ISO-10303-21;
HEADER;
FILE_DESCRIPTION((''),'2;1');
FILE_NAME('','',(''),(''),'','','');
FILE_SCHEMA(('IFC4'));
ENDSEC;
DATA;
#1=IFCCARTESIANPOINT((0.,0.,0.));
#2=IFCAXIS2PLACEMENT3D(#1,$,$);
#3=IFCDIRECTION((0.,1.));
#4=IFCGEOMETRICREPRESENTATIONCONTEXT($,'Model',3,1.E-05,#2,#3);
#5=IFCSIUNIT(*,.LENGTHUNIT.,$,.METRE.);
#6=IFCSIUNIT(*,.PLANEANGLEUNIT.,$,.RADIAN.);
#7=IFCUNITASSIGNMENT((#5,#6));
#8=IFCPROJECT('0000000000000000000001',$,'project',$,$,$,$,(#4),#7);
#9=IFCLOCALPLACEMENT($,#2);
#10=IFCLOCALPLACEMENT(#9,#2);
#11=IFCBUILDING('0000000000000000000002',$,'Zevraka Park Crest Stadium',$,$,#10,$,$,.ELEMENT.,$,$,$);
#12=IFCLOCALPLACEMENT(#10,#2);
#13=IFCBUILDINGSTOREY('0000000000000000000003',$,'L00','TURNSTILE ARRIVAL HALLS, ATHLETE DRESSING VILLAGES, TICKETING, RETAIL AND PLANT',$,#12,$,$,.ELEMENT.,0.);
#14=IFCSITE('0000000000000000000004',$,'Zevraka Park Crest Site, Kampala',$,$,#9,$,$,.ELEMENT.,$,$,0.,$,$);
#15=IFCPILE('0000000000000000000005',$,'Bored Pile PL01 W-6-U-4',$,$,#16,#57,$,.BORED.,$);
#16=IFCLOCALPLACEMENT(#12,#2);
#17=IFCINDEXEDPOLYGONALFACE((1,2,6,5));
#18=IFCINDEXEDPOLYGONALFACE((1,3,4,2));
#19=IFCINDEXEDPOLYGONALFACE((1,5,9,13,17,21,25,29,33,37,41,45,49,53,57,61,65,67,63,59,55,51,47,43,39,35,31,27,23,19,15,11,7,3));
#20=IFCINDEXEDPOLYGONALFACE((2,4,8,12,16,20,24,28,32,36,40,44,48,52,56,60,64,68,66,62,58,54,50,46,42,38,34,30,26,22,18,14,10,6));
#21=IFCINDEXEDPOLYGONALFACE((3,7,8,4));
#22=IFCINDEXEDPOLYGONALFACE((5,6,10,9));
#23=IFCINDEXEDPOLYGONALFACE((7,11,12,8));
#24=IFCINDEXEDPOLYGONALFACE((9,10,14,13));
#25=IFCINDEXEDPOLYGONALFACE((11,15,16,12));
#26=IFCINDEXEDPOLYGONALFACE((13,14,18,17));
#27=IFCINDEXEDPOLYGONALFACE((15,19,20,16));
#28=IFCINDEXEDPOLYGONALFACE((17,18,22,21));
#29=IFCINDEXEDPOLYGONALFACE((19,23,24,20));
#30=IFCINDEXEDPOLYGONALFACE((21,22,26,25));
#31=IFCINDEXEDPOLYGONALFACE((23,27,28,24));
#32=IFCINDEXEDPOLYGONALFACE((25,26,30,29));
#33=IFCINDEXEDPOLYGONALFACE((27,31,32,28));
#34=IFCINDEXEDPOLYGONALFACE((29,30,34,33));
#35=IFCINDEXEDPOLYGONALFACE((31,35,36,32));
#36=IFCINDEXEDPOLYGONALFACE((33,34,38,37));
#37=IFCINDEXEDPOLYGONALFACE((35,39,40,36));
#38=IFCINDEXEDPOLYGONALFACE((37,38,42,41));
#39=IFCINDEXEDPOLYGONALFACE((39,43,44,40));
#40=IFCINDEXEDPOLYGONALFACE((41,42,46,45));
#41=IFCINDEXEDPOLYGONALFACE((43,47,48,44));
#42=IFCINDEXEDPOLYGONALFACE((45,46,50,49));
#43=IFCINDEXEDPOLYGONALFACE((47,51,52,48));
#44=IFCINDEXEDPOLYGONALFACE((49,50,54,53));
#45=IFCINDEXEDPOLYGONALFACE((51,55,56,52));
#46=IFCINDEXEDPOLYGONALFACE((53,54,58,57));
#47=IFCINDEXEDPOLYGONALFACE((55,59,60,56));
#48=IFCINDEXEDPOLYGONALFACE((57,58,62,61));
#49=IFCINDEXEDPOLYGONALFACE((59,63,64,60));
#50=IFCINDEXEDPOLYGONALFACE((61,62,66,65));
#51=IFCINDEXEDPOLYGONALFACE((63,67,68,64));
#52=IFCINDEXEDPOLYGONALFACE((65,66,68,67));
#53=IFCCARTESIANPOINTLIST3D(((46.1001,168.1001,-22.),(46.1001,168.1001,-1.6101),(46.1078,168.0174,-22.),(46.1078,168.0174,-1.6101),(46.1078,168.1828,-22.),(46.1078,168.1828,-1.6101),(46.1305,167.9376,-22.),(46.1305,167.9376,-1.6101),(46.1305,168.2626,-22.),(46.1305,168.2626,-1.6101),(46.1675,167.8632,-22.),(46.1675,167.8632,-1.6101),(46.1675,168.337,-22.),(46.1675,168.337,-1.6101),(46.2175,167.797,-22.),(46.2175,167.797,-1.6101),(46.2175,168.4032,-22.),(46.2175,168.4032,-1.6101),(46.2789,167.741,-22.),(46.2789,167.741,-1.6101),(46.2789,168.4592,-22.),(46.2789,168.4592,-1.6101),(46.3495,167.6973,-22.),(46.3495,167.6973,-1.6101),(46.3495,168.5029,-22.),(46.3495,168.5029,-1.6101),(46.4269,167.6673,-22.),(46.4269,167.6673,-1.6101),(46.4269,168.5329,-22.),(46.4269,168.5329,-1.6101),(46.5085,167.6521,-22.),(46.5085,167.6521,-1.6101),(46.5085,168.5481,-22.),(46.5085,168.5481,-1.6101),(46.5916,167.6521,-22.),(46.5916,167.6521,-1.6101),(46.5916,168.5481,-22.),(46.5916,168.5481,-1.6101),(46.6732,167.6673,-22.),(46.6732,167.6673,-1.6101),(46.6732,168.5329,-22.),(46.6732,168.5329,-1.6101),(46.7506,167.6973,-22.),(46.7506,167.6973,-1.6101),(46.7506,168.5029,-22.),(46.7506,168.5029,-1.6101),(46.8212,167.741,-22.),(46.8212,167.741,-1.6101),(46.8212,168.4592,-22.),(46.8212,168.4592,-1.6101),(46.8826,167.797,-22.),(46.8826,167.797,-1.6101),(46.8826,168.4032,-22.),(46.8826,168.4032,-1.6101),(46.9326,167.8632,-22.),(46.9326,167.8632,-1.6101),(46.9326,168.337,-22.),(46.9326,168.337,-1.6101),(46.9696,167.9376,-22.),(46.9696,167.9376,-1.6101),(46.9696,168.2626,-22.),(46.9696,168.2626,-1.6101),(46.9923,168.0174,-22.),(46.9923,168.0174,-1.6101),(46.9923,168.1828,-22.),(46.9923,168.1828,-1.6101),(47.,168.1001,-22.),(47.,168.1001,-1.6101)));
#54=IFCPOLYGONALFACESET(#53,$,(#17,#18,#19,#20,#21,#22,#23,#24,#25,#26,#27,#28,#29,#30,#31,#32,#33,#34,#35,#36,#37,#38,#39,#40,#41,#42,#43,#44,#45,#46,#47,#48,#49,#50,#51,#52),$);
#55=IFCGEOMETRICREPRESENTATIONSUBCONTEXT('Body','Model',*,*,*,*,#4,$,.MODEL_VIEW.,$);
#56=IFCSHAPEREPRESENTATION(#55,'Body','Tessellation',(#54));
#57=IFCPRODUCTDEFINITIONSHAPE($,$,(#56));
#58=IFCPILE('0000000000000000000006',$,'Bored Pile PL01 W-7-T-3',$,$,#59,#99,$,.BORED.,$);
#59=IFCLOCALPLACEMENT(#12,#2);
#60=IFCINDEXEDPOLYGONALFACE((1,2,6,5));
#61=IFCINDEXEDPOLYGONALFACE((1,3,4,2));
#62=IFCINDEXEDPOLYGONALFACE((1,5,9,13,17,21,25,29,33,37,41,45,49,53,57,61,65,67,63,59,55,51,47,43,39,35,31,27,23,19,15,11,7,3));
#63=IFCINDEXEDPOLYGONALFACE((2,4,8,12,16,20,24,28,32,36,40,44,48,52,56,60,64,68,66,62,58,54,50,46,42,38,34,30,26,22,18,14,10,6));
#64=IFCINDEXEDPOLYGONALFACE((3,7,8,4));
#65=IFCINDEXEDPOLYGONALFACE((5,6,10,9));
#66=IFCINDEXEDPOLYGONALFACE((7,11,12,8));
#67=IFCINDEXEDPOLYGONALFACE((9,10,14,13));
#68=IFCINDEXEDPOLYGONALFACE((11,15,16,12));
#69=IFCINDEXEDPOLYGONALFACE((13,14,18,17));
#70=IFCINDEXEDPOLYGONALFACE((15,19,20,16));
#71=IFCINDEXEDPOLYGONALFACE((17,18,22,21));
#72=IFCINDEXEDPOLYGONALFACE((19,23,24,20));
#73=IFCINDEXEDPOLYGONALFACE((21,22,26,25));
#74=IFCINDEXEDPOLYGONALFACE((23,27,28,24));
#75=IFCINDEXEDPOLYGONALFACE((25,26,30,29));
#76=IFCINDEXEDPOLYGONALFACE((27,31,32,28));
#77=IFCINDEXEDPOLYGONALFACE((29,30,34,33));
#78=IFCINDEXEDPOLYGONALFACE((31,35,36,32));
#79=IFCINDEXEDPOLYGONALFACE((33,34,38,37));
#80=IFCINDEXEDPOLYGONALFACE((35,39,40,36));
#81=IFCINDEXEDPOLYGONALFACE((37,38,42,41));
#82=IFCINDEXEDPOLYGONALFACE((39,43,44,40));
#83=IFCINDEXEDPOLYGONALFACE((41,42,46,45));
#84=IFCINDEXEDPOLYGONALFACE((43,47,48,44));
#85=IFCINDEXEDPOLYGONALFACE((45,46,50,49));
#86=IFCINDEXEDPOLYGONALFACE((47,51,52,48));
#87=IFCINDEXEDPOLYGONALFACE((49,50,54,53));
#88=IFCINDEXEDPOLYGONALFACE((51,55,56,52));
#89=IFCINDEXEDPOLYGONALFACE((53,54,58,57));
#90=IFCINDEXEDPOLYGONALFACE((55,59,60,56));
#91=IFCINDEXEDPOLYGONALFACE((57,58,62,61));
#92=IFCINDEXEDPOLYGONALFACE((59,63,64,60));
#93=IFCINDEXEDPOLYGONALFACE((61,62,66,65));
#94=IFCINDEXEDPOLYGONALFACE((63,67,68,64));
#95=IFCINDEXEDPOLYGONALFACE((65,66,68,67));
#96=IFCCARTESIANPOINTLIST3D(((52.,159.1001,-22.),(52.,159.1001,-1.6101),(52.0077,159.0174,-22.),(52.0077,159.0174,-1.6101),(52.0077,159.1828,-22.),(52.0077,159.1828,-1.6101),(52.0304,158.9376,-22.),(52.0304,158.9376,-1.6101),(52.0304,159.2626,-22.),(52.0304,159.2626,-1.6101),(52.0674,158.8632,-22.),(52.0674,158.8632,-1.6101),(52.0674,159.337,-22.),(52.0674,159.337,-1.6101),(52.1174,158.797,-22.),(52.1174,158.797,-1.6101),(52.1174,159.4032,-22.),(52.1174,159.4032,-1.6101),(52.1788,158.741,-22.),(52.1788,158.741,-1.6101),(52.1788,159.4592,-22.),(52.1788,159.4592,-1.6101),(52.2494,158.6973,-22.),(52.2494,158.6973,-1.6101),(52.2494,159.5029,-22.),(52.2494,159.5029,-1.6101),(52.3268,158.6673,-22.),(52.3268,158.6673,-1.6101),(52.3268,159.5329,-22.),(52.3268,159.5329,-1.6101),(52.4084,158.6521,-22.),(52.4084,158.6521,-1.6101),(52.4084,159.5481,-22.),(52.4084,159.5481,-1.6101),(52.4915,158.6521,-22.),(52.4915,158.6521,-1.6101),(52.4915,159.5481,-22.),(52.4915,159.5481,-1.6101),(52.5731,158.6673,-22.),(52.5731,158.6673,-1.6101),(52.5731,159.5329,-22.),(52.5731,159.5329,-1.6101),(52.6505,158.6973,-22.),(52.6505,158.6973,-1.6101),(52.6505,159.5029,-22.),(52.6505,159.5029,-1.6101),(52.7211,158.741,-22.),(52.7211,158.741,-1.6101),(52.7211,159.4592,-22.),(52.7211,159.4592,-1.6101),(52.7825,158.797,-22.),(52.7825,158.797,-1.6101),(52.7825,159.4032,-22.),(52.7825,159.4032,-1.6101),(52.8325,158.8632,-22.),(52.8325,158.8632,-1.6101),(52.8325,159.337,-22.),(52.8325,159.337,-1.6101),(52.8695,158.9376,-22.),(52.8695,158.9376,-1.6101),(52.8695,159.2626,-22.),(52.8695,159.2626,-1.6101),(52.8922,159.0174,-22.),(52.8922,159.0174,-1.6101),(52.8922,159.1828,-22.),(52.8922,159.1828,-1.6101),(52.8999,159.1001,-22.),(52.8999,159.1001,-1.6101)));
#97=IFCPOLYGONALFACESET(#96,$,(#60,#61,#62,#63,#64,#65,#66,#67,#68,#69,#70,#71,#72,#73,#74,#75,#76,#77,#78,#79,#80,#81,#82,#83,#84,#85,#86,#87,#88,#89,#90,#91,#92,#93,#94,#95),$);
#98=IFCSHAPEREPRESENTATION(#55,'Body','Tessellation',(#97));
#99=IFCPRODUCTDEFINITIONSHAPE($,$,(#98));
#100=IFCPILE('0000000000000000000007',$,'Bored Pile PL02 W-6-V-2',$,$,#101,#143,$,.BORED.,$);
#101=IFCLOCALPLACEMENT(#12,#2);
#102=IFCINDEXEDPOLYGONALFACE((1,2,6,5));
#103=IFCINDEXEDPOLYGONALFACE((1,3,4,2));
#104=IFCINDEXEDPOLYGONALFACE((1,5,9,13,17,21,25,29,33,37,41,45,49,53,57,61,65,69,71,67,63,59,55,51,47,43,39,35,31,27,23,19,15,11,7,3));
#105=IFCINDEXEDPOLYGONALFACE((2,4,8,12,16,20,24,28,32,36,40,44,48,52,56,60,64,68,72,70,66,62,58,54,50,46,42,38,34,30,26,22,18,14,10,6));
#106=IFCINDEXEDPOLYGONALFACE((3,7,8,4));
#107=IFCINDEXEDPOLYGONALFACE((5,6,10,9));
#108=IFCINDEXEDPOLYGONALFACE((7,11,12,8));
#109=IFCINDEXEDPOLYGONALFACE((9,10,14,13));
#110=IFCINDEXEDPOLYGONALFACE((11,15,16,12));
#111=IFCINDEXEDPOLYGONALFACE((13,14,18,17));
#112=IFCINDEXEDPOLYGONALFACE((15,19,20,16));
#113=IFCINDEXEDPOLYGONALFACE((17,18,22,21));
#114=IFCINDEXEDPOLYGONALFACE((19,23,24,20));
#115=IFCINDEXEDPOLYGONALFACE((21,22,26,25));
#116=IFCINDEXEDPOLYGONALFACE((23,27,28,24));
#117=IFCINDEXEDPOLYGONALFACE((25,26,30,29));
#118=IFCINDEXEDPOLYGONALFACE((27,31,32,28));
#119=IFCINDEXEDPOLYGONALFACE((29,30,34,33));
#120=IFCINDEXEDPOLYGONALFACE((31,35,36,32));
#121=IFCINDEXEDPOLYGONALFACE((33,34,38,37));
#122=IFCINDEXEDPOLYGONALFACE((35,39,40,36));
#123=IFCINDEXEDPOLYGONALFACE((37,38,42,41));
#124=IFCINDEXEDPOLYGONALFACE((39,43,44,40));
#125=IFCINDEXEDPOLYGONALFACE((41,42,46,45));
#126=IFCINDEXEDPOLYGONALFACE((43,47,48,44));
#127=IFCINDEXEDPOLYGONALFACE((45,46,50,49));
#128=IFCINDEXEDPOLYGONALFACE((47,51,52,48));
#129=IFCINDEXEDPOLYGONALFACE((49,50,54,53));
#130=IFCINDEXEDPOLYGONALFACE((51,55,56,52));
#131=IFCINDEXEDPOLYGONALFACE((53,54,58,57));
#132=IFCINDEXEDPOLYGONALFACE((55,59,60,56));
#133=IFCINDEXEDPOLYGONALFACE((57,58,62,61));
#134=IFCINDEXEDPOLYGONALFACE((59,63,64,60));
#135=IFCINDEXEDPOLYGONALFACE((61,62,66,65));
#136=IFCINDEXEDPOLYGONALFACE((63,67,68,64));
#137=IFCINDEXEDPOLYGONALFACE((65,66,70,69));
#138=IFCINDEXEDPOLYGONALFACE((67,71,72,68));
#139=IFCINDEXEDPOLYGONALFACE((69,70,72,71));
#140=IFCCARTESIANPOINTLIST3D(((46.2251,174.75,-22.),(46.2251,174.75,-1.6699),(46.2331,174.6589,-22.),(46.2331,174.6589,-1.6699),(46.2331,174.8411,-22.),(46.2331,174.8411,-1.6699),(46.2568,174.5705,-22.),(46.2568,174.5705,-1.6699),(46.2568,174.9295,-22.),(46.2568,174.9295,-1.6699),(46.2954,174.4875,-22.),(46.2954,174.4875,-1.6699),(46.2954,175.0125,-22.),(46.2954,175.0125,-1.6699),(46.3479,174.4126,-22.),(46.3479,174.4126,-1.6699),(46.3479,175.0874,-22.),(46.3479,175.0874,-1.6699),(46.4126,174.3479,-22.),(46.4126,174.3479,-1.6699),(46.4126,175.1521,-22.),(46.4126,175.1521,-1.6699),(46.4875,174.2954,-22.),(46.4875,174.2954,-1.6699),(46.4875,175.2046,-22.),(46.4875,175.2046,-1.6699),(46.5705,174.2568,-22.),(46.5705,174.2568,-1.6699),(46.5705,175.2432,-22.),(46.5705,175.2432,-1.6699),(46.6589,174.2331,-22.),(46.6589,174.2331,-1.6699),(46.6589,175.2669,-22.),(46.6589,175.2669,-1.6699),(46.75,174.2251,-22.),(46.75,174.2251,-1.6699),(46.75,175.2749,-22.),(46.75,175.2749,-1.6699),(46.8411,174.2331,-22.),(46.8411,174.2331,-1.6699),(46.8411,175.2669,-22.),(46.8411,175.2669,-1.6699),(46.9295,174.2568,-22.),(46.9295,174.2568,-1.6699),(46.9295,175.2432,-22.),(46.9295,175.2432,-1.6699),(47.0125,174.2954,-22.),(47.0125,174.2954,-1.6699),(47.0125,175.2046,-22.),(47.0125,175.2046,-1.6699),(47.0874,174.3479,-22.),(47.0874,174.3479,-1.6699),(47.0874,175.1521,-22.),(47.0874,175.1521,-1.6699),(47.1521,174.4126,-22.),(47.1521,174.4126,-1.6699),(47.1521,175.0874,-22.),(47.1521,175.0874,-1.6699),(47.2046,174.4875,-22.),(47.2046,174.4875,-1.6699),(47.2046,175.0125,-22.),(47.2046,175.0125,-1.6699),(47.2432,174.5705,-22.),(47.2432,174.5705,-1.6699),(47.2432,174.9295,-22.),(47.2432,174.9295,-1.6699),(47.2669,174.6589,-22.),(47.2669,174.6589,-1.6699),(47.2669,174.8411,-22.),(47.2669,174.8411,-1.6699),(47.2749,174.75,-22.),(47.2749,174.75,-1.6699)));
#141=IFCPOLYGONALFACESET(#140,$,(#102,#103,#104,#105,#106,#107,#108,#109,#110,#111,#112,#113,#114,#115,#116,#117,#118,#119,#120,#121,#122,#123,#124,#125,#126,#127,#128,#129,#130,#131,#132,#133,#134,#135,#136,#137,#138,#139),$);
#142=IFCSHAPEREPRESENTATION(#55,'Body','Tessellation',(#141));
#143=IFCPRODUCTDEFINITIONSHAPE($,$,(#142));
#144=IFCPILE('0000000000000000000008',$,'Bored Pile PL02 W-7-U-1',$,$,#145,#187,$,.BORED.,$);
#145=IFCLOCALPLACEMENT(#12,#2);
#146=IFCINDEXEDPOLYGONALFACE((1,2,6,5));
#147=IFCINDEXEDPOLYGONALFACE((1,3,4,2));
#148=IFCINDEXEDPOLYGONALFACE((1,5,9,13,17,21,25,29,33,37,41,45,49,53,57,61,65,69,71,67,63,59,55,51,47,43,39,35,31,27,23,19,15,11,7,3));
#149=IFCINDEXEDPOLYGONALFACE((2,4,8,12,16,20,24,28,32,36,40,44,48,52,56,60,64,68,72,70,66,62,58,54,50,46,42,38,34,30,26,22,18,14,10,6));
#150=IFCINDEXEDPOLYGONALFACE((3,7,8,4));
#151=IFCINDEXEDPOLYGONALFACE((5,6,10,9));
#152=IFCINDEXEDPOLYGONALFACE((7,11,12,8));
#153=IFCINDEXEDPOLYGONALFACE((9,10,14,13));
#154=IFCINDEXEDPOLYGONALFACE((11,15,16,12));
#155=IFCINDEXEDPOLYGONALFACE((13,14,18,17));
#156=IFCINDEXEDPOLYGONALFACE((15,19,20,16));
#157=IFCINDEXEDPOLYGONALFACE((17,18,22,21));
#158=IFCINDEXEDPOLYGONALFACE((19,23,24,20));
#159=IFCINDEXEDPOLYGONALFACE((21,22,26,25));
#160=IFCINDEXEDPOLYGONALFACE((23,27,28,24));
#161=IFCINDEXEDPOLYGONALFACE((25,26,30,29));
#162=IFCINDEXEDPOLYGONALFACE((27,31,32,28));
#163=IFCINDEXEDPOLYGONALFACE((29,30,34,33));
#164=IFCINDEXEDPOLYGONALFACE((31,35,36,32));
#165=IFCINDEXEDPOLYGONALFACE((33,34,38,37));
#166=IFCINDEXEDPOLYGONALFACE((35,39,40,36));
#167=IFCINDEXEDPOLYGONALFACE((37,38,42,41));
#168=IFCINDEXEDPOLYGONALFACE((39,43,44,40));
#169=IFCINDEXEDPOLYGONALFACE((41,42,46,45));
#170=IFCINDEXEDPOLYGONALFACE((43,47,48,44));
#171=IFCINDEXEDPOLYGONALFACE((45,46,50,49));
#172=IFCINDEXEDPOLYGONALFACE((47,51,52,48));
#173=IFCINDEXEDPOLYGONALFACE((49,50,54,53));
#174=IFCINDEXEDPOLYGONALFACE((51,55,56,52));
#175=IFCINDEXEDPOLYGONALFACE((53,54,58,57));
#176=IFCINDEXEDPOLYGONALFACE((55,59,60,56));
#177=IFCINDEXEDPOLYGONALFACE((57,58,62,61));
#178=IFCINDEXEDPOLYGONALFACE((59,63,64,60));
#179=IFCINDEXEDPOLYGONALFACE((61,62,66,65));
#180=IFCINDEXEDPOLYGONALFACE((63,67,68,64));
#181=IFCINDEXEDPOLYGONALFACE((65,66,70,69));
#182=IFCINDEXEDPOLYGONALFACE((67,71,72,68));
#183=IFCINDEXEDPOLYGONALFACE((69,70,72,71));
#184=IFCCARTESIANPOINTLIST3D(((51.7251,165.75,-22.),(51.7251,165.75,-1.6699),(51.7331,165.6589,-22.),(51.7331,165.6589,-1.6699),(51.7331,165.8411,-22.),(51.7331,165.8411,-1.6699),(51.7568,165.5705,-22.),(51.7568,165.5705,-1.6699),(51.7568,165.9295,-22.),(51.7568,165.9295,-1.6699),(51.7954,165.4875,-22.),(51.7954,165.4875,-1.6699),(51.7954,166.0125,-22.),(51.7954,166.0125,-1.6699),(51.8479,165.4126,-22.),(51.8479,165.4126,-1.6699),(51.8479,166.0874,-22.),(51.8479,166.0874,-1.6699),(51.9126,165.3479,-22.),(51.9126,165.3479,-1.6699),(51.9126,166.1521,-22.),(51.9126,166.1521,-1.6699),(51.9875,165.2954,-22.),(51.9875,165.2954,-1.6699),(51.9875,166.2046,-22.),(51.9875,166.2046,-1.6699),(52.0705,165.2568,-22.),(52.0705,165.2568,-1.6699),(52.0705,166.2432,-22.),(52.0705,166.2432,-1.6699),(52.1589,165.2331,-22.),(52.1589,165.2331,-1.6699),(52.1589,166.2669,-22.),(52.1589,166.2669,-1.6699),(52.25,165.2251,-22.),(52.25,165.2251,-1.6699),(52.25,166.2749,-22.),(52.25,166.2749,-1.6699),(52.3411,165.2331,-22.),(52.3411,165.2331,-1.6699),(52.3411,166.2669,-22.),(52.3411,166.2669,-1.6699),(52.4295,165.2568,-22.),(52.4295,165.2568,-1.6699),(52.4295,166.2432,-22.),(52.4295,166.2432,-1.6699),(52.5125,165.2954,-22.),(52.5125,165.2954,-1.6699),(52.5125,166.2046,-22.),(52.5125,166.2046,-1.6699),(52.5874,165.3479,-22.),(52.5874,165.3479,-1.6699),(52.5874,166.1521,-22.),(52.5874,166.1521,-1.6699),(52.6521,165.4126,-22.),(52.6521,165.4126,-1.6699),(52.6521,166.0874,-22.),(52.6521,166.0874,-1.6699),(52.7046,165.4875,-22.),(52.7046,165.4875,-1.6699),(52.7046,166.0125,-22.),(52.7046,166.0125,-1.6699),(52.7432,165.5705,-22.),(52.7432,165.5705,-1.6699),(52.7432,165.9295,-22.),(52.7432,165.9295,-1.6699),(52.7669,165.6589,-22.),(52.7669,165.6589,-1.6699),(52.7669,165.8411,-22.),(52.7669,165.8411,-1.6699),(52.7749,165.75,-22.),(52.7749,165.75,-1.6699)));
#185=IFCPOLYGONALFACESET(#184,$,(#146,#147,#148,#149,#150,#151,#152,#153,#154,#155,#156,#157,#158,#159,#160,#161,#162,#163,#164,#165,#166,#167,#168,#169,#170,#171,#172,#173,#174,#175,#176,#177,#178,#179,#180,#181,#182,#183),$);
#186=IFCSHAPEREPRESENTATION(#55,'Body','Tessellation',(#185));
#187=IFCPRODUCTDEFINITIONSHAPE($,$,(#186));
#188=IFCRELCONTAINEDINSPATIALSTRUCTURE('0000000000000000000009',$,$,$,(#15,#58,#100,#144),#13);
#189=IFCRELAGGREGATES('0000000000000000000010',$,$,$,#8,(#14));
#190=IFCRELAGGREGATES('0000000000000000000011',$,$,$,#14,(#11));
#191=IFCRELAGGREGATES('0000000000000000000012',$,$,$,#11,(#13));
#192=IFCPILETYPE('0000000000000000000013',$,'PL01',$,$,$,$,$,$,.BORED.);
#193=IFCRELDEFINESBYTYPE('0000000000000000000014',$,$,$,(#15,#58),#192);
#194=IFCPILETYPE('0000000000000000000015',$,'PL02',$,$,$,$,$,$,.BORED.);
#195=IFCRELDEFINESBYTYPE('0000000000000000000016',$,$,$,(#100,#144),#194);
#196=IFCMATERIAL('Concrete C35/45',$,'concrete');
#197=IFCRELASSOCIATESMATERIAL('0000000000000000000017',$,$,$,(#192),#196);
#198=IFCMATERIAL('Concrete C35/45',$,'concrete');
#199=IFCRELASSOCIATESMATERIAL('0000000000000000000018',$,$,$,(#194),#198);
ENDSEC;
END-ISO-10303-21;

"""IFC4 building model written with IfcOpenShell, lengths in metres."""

from ifc_helpers import new_model, si_unit, direction, frame, origin, origin_2d, place, context, subcontext, project, spatial, circle, extrude, material, material_profile, profile_set, type_object, element, save


model = new_model("IFC4")

# Units and contexts
model_context = context("Model", 3, precision=1e-05, world=origin(), true_north=direction((0.0, 1.0)))
body_context = subcontext(model_context, "Body", "Model", "MODEL_VIEW")
ifc_project = project(units=[si_unit("LENGTHUNIT", "METRE"), si_unit("PLANEANGLEUNIT", "RADIAN")], contexts=[model_context])

# Site, building, storey
site_placement = place(None, origin())
site = spatial("IfcSite", under=ifc_project, at=site_placement, Name="Zevraka Park Crest Site, Kampala", CompositionType="ELEMENT", RefElevation=0.0)
building_placement = place(site_placement, origin())
building = spatial("IfcBuilding", under=site, at=building_placement, Name="Zevraka Park Crest Stadium", CompositionType="ELEMENT")
storey_placement = place(building_placement, origin())
storey = spatial("IfcBuildingStorey", under=building, at=storey_placement, Name="L00", Description="TURNSTILE ARRIVAL HALLS, ATHLETE DRESSING VILLAGES, TICKETING, RETAIL AND PLANT", CompositionType="ELEMENT", Elevation=0.0)

# Piles
ifc_material_1 = material(Name="Concrete C35/45", Category="concrete")
ifc_material_profile_1 = material_profile(ifc_material_1, circle(Radius=0.45, at=origin_2d()), Name="PILE D900")
ifc_profile_set_1 = profile_set([ifc_material_profile_1], Name="Concrete C35/45")
pile_type_1 = type_object("IfcPileType", Name="PL01", PredefinedType="BORED", material=ifc_profile_set_1)
for number, where, z_axis, x_axis, name in (
    (1, (46.55, 168.1001, -1.6101), (0.0, 0.0, -1.0), (1.0, 0.0, 0.0), "Bored Pile PL01 W-6-U-4"),
    (2, (52.45, 159.1001, -1.6101), (0.0, 0.0, -1.0), (1.0, 0.0, 0.0), "Bored Pile PL01 W-7-T-3"),
):
    element("IfcPile", number, at=place(storey_placement, frame(where, z_axis=z_axis, x_axis=x_axis)), inside=storey, type_object=pile_type_1, Name=name, PredefinedType="BORED", context=body_context, shape_type="SweptSolid", body=[
        extrude(circle(Radius=0.45, at=origin_2d()), origin(), (0.0, 0.0, 1.0), 20.3899),
    ])
ifc_material_2 = material(Name="Concrete C35/45", Category="concrete")
ifc_material_profile_2 = material_profile(ifc_material_2, circle(Radius=0.5249, at=origin_2d()), Name="PILE D1050")
ifc_profile_set_2 = profile_set([ifc_material_profile_2], Name="Concrete C35/45")
pile_type_2 = type_object("IfcPileType", Name="PL02", PredefinedType="BORED", material=ifc_profile_set_2)
for number, where, z_axis, x_axis, name in (
    (3, (46.75, 174.75, -1.6699), (0.0, 0.0, -1.0), (1.0, 0.0, 0.0), "Bored Pile PL02 W-6-V-2"),
    (4, (52.25, 165.75, -1.6699), (0.0, 0.0, -1.0), (1.0, 0.0, 0.0), "Bored Pile PL02 W-7-U-1"),
):
    element("IfcPile", number, at=place(storey_placement, frame(where, z_axis=z_axis, x_axis=x_axis)), inside=storey, type_object=pile_type_2, Name=name, PredefinedType="BORED", context=body_context, shape_type="SweptSolid", body=[
        extrude(circle(Radius=0.5249, at=origin_2d()), origin(), (0.0, 0.0, 1.0), 20.3301),
    ])

save(model, "model.ifc")
